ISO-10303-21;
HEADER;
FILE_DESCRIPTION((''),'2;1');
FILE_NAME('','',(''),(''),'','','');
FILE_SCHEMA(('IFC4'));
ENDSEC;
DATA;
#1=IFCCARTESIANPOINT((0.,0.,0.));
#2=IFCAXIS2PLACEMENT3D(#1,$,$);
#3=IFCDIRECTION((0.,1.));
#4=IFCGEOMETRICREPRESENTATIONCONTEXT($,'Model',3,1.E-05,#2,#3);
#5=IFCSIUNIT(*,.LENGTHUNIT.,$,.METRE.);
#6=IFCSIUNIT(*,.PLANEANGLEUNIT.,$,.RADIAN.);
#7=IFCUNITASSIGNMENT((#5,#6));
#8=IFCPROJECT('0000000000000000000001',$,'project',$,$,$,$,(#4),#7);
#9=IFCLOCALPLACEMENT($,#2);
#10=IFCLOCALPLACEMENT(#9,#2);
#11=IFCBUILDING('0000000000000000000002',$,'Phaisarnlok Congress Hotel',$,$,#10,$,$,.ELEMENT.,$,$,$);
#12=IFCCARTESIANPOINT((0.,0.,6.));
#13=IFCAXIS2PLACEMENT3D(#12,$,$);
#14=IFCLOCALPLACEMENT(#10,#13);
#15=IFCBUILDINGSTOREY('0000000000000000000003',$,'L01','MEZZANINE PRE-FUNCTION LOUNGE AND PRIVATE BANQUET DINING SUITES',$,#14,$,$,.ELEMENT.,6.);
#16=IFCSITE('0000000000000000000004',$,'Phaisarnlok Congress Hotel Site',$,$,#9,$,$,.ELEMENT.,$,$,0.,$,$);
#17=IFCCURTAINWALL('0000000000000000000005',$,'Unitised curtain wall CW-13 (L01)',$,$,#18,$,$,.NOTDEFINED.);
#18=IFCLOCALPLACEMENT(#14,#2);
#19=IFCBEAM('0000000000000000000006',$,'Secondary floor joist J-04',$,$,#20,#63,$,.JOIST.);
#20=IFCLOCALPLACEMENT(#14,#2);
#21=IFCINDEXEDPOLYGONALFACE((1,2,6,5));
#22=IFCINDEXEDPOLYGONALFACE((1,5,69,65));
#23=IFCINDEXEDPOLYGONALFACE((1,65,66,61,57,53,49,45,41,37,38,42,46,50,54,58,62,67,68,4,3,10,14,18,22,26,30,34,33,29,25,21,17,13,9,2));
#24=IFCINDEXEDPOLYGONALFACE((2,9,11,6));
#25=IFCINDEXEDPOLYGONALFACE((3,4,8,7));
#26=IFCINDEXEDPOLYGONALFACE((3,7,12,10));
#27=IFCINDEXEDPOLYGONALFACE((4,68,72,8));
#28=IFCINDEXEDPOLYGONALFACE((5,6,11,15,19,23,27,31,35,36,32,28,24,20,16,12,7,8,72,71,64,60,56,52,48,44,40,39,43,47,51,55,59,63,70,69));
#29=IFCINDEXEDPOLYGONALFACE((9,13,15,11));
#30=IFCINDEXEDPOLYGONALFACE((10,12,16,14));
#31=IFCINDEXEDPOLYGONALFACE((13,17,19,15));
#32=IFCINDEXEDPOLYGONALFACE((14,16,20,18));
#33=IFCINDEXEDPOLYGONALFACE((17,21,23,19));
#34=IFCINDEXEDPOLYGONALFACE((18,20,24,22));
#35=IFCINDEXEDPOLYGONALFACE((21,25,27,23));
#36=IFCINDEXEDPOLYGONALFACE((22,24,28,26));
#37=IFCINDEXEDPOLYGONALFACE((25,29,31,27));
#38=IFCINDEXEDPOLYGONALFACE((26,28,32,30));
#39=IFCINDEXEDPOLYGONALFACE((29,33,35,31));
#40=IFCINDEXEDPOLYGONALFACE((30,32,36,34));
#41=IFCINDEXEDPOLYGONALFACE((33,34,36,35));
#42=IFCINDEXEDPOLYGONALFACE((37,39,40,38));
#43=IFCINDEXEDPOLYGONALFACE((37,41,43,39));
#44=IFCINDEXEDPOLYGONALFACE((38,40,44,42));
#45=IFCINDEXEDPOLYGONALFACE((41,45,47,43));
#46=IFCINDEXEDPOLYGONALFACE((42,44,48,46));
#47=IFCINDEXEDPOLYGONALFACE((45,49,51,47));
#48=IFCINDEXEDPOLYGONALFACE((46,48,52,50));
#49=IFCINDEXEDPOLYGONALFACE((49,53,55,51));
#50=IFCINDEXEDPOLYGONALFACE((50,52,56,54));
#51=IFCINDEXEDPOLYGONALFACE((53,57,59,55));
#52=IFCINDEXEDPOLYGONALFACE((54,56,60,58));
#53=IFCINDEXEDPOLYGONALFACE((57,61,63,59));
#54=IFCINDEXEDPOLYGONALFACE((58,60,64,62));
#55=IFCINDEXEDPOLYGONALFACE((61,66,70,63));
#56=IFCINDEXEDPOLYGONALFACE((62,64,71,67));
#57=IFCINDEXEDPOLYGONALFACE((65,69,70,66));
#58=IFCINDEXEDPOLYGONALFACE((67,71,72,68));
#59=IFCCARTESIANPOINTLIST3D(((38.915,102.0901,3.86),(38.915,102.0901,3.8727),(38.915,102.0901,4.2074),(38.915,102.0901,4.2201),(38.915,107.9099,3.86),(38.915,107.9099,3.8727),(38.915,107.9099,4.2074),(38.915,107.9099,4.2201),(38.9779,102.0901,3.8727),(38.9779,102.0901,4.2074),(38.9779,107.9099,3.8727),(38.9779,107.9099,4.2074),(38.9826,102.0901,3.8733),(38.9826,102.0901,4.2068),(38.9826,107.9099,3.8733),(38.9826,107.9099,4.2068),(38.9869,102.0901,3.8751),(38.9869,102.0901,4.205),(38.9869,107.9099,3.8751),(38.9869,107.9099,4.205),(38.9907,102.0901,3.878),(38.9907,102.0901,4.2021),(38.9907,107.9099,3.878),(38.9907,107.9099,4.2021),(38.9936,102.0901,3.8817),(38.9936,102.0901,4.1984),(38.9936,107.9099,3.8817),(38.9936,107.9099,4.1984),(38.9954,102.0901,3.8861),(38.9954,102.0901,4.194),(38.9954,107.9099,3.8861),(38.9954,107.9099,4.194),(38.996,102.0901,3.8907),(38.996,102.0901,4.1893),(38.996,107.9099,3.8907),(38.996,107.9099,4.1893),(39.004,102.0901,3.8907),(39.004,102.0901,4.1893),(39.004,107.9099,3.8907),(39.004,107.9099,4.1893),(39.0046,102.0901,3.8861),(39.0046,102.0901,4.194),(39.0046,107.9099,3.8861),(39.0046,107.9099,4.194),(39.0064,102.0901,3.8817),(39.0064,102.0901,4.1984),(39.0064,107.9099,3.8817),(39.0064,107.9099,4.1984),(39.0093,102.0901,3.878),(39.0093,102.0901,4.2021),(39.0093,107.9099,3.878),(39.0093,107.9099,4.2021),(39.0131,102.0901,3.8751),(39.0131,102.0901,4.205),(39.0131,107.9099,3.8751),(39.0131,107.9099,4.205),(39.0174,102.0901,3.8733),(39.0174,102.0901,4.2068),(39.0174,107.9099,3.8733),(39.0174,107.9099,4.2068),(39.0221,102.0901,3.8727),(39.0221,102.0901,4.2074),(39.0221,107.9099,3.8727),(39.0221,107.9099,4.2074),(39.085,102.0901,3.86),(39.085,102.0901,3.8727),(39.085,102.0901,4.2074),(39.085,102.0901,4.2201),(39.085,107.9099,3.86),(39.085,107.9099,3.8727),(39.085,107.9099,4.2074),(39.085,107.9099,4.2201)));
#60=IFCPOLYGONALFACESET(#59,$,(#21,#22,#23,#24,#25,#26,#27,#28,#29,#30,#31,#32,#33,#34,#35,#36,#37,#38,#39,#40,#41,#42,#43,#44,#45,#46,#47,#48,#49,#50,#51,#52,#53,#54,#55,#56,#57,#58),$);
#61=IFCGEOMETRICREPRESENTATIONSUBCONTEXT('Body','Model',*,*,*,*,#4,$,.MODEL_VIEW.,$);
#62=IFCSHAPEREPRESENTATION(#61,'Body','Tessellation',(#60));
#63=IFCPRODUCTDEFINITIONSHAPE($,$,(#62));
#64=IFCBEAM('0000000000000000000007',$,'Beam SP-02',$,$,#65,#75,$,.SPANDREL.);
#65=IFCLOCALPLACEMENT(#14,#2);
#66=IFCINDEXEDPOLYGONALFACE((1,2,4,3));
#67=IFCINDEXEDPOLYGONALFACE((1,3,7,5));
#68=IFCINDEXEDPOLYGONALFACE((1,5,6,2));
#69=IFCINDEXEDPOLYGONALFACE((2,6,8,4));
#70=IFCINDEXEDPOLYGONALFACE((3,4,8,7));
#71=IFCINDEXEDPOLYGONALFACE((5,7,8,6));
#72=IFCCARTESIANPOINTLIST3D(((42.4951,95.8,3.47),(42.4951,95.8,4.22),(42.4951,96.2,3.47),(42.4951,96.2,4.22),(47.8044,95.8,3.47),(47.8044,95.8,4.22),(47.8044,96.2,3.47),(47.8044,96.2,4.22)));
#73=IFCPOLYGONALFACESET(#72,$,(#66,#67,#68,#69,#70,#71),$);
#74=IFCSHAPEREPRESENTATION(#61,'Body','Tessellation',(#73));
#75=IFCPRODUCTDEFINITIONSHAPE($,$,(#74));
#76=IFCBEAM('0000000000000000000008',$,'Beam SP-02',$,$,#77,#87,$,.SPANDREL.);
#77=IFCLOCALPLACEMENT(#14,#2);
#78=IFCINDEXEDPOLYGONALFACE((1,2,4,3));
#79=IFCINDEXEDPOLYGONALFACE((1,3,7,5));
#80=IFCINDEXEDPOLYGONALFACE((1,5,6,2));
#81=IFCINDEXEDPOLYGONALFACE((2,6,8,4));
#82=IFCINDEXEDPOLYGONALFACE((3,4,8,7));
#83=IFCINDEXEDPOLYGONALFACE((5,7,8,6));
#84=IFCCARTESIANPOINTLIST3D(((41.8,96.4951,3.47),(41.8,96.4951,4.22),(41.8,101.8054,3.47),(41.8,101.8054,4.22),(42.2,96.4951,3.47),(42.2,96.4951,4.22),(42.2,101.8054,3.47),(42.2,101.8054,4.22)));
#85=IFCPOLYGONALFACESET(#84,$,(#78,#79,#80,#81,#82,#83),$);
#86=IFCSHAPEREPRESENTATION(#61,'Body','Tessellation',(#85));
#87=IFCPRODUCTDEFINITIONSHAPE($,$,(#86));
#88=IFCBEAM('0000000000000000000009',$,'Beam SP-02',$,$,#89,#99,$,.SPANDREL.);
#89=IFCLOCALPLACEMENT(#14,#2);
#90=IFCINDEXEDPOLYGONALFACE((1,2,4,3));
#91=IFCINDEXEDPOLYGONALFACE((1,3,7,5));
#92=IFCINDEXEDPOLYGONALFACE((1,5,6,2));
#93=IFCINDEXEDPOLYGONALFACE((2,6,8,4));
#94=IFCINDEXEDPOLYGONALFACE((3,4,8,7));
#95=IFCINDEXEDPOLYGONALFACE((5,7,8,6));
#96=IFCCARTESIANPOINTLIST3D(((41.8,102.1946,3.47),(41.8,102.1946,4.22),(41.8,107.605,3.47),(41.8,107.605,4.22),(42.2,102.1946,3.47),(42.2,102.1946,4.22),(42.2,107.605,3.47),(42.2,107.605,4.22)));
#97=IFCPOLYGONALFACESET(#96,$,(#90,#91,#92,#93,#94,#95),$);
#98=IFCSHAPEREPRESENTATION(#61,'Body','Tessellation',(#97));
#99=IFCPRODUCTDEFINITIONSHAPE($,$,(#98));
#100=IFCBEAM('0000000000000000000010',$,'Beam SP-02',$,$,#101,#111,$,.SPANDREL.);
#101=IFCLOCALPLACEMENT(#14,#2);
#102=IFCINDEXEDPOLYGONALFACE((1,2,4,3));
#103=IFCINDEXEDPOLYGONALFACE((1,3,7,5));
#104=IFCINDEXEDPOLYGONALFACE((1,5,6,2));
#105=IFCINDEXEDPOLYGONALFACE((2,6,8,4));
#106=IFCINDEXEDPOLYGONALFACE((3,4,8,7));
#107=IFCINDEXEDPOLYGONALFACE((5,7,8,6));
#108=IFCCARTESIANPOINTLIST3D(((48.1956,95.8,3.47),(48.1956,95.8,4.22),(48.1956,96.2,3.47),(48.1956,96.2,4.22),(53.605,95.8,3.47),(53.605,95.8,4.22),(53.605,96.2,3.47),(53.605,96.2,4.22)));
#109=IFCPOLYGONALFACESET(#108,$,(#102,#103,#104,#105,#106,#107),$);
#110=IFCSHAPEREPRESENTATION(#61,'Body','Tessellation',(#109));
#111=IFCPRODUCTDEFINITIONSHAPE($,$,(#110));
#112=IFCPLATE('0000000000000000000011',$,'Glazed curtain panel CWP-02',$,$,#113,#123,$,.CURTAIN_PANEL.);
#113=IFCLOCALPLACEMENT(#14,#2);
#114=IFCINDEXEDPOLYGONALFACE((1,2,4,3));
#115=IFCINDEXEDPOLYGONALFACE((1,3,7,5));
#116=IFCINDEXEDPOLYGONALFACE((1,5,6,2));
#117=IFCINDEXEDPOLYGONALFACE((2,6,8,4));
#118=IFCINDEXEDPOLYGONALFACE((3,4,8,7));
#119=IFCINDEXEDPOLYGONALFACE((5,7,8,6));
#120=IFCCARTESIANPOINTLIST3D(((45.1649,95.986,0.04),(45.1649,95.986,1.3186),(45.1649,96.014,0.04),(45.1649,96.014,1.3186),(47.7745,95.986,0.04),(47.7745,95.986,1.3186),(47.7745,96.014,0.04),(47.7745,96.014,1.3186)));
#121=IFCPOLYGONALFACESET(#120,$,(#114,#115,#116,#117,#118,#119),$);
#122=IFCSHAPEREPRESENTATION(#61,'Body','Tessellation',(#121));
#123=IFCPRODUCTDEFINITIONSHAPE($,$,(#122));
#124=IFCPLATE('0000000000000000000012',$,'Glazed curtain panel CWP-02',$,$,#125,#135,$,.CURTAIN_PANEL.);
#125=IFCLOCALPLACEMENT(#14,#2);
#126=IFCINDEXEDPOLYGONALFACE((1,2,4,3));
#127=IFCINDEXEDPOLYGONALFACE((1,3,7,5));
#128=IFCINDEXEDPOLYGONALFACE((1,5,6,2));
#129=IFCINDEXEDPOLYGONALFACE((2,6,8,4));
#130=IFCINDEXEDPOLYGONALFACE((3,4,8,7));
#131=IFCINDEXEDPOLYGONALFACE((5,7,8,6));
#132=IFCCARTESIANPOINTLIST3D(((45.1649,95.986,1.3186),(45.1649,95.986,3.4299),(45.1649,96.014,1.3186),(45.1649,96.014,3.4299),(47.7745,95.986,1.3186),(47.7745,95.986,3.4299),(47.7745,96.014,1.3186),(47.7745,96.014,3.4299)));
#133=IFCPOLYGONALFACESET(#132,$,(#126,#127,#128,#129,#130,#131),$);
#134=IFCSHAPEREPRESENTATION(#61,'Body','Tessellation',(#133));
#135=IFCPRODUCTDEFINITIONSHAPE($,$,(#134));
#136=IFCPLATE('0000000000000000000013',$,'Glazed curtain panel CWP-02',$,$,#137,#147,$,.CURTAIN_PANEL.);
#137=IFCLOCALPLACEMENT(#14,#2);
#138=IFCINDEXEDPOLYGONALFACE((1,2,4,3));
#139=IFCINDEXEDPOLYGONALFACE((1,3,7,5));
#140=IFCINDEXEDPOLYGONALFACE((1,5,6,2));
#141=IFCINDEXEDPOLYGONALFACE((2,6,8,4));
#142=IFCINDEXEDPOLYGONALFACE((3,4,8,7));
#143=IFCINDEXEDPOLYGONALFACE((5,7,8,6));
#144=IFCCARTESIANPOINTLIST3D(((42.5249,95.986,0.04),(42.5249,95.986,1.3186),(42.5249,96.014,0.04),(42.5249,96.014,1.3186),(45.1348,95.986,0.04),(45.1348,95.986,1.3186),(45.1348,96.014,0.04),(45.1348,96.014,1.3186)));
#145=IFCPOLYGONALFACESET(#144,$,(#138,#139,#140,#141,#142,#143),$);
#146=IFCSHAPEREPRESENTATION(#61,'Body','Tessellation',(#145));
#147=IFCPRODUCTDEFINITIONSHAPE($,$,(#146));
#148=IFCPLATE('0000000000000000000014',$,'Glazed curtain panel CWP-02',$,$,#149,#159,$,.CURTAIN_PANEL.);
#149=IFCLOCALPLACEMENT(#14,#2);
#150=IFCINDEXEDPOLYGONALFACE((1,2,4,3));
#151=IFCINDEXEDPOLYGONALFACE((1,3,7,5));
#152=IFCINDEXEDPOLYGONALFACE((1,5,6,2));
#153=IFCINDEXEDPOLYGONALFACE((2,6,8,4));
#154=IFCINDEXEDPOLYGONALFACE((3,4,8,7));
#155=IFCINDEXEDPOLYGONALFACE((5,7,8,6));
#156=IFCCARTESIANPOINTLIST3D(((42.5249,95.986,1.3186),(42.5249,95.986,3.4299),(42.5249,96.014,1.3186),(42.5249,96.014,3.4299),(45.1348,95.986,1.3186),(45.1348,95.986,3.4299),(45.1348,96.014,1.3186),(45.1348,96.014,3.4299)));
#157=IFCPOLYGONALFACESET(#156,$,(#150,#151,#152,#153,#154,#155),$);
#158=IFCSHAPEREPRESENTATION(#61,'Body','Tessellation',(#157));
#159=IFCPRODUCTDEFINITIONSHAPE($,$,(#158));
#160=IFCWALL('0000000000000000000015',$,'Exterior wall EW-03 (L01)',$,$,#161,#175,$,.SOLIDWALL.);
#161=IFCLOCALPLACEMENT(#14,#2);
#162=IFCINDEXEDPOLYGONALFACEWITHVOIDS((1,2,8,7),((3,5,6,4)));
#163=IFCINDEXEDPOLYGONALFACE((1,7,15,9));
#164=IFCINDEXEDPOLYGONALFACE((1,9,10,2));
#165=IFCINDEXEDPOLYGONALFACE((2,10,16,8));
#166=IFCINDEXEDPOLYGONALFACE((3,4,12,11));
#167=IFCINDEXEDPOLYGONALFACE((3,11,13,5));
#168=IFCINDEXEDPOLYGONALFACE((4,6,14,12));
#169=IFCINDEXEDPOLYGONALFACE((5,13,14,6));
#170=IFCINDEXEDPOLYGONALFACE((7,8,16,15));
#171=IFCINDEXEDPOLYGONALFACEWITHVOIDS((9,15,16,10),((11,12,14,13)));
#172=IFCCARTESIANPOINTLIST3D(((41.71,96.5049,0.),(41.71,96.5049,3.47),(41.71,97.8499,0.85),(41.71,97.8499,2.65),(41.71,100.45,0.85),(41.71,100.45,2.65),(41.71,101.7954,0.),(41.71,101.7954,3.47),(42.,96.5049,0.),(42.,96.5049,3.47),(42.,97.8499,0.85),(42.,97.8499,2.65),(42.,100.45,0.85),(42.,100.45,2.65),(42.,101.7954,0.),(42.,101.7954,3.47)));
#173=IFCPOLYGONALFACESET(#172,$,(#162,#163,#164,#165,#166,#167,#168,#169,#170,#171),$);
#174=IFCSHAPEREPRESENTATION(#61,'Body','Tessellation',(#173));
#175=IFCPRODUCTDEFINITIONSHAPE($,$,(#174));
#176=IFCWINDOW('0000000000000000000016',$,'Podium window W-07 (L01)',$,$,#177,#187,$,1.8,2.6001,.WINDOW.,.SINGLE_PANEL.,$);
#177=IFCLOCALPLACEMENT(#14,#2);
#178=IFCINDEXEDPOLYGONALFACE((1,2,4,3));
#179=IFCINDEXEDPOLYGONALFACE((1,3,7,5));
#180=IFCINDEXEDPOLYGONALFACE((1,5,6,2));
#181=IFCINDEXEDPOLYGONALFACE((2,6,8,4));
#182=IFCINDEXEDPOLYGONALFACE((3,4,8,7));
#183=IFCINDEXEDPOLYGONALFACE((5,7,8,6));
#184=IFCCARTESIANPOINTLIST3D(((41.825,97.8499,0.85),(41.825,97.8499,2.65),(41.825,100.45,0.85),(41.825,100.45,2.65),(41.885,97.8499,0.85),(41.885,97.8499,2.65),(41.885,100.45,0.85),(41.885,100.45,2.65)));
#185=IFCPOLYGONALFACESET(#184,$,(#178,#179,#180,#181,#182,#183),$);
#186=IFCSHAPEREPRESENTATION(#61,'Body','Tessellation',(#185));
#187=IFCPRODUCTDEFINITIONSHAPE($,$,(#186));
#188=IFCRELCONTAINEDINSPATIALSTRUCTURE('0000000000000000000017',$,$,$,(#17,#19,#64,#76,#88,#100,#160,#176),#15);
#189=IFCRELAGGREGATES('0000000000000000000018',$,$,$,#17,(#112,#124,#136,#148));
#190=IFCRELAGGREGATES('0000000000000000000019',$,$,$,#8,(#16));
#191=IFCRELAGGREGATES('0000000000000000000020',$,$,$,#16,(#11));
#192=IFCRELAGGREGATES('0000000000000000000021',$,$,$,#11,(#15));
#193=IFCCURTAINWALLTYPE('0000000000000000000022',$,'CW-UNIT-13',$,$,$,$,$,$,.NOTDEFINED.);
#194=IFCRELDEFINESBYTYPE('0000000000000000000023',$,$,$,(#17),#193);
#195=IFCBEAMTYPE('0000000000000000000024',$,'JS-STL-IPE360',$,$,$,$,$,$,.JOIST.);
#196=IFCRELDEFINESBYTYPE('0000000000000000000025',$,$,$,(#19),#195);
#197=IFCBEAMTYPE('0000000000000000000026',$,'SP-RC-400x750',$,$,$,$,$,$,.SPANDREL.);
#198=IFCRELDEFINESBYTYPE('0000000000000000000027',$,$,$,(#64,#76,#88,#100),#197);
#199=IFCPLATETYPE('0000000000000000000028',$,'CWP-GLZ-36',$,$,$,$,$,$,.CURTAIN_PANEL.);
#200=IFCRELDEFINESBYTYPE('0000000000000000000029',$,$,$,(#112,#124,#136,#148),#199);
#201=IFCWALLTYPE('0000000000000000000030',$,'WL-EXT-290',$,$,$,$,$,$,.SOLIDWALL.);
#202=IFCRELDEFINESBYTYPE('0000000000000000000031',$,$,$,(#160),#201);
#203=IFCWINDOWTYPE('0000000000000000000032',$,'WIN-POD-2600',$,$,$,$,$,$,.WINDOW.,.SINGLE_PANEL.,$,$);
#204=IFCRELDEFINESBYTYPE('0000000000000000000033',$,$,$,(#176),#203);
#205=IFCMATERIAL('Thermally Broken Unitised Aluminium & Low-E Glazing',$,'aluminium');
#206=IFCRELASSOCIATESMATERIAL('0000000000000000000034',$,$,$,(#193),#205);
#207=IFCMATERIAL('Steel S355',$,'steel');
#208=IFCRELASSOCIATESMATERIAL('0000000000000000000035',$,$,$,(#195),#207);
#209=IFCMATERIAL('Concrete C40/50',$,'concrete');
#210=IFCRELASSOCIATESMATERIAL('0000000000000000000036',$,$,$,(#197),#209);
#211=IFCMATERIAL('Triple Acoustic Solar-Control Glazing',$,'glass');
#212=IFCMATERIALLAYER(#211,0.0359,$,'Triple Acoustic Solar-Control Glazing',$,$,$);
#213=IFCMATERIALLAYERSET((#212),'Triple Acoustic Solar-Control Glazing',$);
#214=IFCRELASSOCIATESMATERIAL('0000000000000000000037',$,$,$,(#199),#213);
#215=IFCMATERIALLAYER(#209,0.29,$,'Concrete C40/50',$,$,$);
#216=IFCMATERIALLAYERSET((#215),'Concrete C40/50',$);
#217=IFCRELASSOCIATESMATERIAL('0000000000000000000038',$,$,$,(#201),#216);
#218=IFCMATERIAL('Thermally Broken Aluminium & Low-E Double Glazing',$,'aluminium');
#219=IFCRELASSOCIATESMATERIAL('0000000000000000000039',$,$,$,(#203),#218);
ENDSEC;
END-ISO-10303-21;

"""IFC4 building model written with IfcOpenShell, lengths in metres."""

from ifc_helpers import new_model, si_unit, direction, frame, frame_2d, origin, origin_2d, place, context, subcontext, project, spatial, rectangle, i_section, extrude, material, layer, layer_set, material_profile, profile_set, type_object, element, fill, aggregate, save


model = new_model("IFC4")

# Units and contexts
model_context = context("Model", 3, precision=1e-05, world=origin(), true_north=direction((0.0, 1.0)))
body_context = subcontext(model_context, "Body", "Model", "MODEL_VIEW")
ifc_project = project(units=[si_unit("LENGTHUNIT", "METRE"), si_unit("PLANEANGLEUNIT", "RADIAN")], contexts=[model_context])

# Site, building, storey
site_placement = place(None, origin())
site = spatial("IfcSite", under=ifc_project, at=site_placement, Name="Phaisarnlok Congress Hotel Site", CompositionType="ELEMENT", RefElevation=0.0)
building_placement = place(site_placement, origin())
building = spatial("IfcBuilding", under=site, at=building_placement, Name="Phaisarnlok Congress Hotel", CompositionType="ELEMENT")
storey_placement = place(building_placement, frame((0.0, 0.0, 6.0)))
storey = spatial("IfcBuildingStorey", under=building, at=storey_placement, Name="L01", Description="MEZZANINE PRE-FUNCTION LOUNGE AND PRIVATE BANQUET DINING SUITES", CompositionType="ELEMENT", Elevation=6.0)

# Shared definitions
ifc_material_1 = material(Name="Steel S355", Category="steel")

# Shared definitions
ifc_material_2 = material(Name="Thermally Broken Unitised Aluminium & Low-E Glazing", Category="aluminium")

# Curtain wall
curtain_wall_type_1 = type_object("IfcCurtainWallType", Name="CW-UNIT-13", PredefinedType="NOTDEFINED", material=ifc_material_2)
curtain_wall_1_placement = place(storey_placement, origin())
curtain_wall_1 = element("IfcCurtainWall", 1, at=curtain_wall_1_placement, inside=storey, type_object=curtain_wall_type_1, Name="Unitised curtain wall CW-13 (L01)", PredefinedType="NOTDEFINED")

# Beams
ifc_material_profile_1 = material_profile(ifc_material_1, i_section(OverallWidth=0.1699, OverallDepth=0.3601, WebThickness=0.0081, FlangeThickness=0.0127, FilletRadius=0.0181, at=origin_2d()), Name="IPE 360")
ifc_profile_set_1 = profile_set([ifc_material_profile_1], Name="Steel S355")
beam_type_1 = type_object("IfcBeamType", Name="JS-STL-IPE360", PredefinedType="JOIST", material=ifc_profile_set_1)
for number, where, z_axis, x_axis, name in (
    (2, (39.0, 102.0901, 4.04), (0.0, 1.0, 0.0), (-1.0, 0.0, 0.0), "Secondary floor joist J-04"),
):
    element("IfcBeam", number, at=place(storey_placement, frame(where, z_axis=z_axis, x_axis=x_axis)), inside=storey, type_object=beam_type_1, Name=name, PredefinedType="JOIST", context=body_context, shape_type="SweptSolid", body=[
        extrude(i_section(OverallWidth=0.1699, OverallDepth=0.3601, WebThickness=0.0081, FlangeThickness=0.0127, FilletRadius=0.0181, at=origin_2d()), origin(), (0.0, 0.0, 1.0), 5.8198),
    ])
ifc_material_3 = material(Name="Concrete C40/50", Category="concrete")
ifc_material_profile_2 = material_profile(ifc_material_3, rectangle(XDim=0.3999, YDim=0.75, at=origin_2d()), Name="RC 400x750")
ifc_profile_set_2 = profile_set([ifc_material_profile_2], Name="Concrete C40/50")
beam_type_2 = type_object("IfcBeamType", Name="SP-RC-400x750", PredefinedType="SPANDREL", material=ifc_profile_set_2)
beam_1_placement = place(storey_placement, frame((42.4951, 96.0, 3.845), z_axis=(1.0, 0.0, 0.0), x_axis=(0.0, 1.0, 0.0)))
element("IfcBeam", 3, at=beam_1_placement, inside=storey, type_object=beam_type_2, Name="Beam SP-02", PredefinedType="SPANDREL", context=body_context, shape_type="SweptSolid", body=[
    extrude(rectangle(XDim=0.3999, YDim=0.75, at=origin_2d()), origin(), (0.0, 0.0, 1.0), 5.3093),
])
beam_2_placement = place(storey_placement, frame((42.0, 96.4951, 3.845), z_axis=(0.0, 1.0, 0.0), x_axis=(-1.0, 0.0, 0.0)))
element("IfcBeam", 4, at=beam_2_placement, inside=storey, type_object=beam_type_2, Name="Beam SP-02", PredefinedType="SPANDREL", context=body_context, shape_type="SweptSolid", body=[
    extrude(rectangle(XDim=0.3999, YDim=0.75, at=origin_2d()), origin(), (0.0, 0.0, 1.0), 5.3103),
])
beam_3_placement = place(storey_placement, frame((42.0, 102.1946, 3.845), z_axis=(0.0, 1.0, 0.0), x_axis=(-1.0, 0.0, 0.0)))
element("IfcBeam", 5, at=beam_3_placement, inside=storey, type_object=beam_type_2, Name="Beam SP-02", PredefinedType="SPANDREL", context=body_context, shape_type="SweptSolid", body=[
    extrude(rectangle(XDim=0.3999, YDim=0.75, at=origin_2d()), origin(), (0.0, 0.0, 1.0), 5.4104),
])
beam_4_placement = place(storey_placement, frame((48.1956, 96.0, 3.845), z_axis=(1.0, 0.0, 0.0), x_axis=(0.0, 1.0, 0.0)))
element("IfcBeam", 6, at=beam_4_placement, inside=storey, type_object=beam_type_2, Name="Beam SP-02", PredefinedType="SPANDREL", context=body_context, shape_type="SweptSolid", body=[
    extrude(rectangle(XDim=0.3999, YDim=0.75, at=origin_2d()), origin(), (0.0, 0.0, 1.0), 5.4094),
])

# Plates
ifc_material_4 = material(Name="Triple Acoustic Solar-Control Glazing", Category="glass")
ifc_layer_1 = layer(ifc_material_4, 0.0359, Name="Triple Acoustic Solar-Control Glazing")
ifc_layer_set_1 = layer_set([ifc_layer_1], Name="Triple Acoustic Solar-Control Glazing")
plate_type = type_object("IfcPlateType", Name="CWP-GLZ-36", PredefinedType="CURTAIN_PANEL", material=ifc_layer_set_1)
plate_1_placement = place(storey_placement, frame((47.7744, 96.0, 0.04), z_axis=(0.0, 0.0, 1.0), x_axis=(-1.0, 0.0, 0.0)))
plate_1 = element("IfcPlate", 7, at=plate_1_placement, type_object=plate_type, Name="Glazed curtain panel CWP-02", PredefinedType="CURTAIN_PANEL", context=body_context, shape_type="SweptSolid", body=[
    extrude(rectangle(XDim=2.6096, YDim=0.0281, at=frame_2d((1.3047, 0.0))), origin(), (0.0, 0.0, 1.0), 1.2786),
])
plate_2_placement = place(storey_placement, frame((47.7744, 96.0, 1.3186), z_axis=(0.0, 0.0, 1.0), x_axis=(-1.0, 0.0, 0.0)))
plate_2 = element("IfcPlate", 8, at=plate_2_placement, type_object=plate_type, Name="Glazed curtain panel CWP-02", PredefinedType="CURTAIN_PANEL", context=body_context, shape_type="SweptSolid", body=[
    extrude(rectangle(XDim=2.6096, YDim=0.0281, at=frame_2d((1.3047, 0.0))), origin(), (0.0, 0.0, 1.0), 2.1113),
])
plate_3_placement = place(storey_placement, frame((45.1348, 96.0, 0.04), z_axis=(0.0, 0.0, 1.0), x_axis=(-1.0, 0.0, 0.0)))
plate_3 = element("IfcPlate", 9, at=plate_3_placement, type_object=plate_type, Name="Glazed curtain panel CWP-02", PredefinedType="CURTAIN_PANEL", context=body_context, shape_type="SweptSolid", body=[
    extrude(rectangle(XDim=2.6099, YDim=0.0281, at=frame_2d((1.3049, 0.0))), origin(), (0.0, 0.0, 1.0), 1.2786),
])
plate_4_placement = place(storey_placement, frame((45.1348, 96.0, 1.3186), z_axis=(0.0, 0.0, 1.0), x_axis=(-1.0, 0.0, 0.0)))
plate_4 = element("IfcPlate", 10, at=plate_4_placement, type_object=plate_type, Name="Glazed curtain panel CWP-02", PredefinedType="CURTAIN_PANEL", context=body_context, shape_type="SweptSolid", body=[
    extrude(rectangle(XDim=2.6099, YDim=0.0281, at=frame_2d((1.3049, 0.0))), origin(), (0.0, 0.0, 1.0), 2.1113),
])
aggregate(curtain_wall_1, [plate_1, plate_2, plate_3, plate_4])

# Wall, opening, window
ifc_layer_2 = layer(ifc_material_3, 0.29, Name="Concrete C40/50")
ifc_layer_set_2 = layer_set([ifc_layer_2], Name="Concrete C40/50")
wall_type = type_object("IfcWallType", Name="WL-EXT-290", PredefinedType="SOLIDWALL", material=ifc_layer_set_2)
wall_1_placement = place(storey_placement, frame((41.855, 96.5049, 0.0), z_axis=(0.0, 0.0, 1.0), x_axis=(0.0, 1.0, 0.0)))
wall_1 = element("IfcWall", 11, at=wall_1_placement, inside=storey, type_object=wall_type, Name="Exterior wall EW-03 (L01)", PredefinedType="SOLIDWALL", context=body_context, shape_type="SweptSolid", body=[
    extrude(rectangle(XDim=5.2905, YDim=0.29, at=frame_2d((2.6453, 0.0))), origin(), (0.0, 0.0, 1.0), 3.47),
])
opening_1_placement = place(wall_1_placement, frame((1.345, 0.0, 0.8501)))
opening_1 = element("IfcOpeningElement", 12, at=opening_1_placement, cuts=wall_1, PredefinedType="OPENING", context=body_context, shape_type="SweptSolid", body=[
    extrude(rectangle(XDim=2.6001, YDim=1.8, at=frame_2d((1.3, 0.8999))), frame((0.0, 0.155, 0.0), z_axis=(0.0, -1.0, 0.0), x_axis=(1.0, 0.0, 0.0)), (0.0, 0.0, 1.0), 0.3101),
])
ifc_material_5 = material(Name="Thermally Broken Aluminium & Low-E Double Glazing", Category="aluminium")
window_type_1 = type_object("IfcWindowType", Name="WIN-POD-2600", PartitioningType="SINGLE_PANEL", PredefinedType="WINDOW", material=ifc_material_5)
window_1_placement = place(opening_1_placement, origin())
window_1 = element("IfcWindow", 13, at=window_1_placement, inside=storey, type_object=window_type_1, Name="Podium window W-07 (L01)", OverallHeight=1.8, OverallWidth=2.6001, PartitioningType="SINGLE_PANEL", PredefinedType="WINDOW", context=body_context, shape_type="SweptSolid", body=[
    extrude(rectangle(XDim=2.6001, YDim=1.8, at=frame_2d((1.3, 0.8999))), frame((0.0, 0.03, 0.0), z_axis=(0.0, -1.0, 0.0), x_axis=(1.0, 0.0, 0.0)), (0.0, 0.0, 1.0), 0.0601),
])
fill(opening_1, window_1)

save(model, "model.ifc")
